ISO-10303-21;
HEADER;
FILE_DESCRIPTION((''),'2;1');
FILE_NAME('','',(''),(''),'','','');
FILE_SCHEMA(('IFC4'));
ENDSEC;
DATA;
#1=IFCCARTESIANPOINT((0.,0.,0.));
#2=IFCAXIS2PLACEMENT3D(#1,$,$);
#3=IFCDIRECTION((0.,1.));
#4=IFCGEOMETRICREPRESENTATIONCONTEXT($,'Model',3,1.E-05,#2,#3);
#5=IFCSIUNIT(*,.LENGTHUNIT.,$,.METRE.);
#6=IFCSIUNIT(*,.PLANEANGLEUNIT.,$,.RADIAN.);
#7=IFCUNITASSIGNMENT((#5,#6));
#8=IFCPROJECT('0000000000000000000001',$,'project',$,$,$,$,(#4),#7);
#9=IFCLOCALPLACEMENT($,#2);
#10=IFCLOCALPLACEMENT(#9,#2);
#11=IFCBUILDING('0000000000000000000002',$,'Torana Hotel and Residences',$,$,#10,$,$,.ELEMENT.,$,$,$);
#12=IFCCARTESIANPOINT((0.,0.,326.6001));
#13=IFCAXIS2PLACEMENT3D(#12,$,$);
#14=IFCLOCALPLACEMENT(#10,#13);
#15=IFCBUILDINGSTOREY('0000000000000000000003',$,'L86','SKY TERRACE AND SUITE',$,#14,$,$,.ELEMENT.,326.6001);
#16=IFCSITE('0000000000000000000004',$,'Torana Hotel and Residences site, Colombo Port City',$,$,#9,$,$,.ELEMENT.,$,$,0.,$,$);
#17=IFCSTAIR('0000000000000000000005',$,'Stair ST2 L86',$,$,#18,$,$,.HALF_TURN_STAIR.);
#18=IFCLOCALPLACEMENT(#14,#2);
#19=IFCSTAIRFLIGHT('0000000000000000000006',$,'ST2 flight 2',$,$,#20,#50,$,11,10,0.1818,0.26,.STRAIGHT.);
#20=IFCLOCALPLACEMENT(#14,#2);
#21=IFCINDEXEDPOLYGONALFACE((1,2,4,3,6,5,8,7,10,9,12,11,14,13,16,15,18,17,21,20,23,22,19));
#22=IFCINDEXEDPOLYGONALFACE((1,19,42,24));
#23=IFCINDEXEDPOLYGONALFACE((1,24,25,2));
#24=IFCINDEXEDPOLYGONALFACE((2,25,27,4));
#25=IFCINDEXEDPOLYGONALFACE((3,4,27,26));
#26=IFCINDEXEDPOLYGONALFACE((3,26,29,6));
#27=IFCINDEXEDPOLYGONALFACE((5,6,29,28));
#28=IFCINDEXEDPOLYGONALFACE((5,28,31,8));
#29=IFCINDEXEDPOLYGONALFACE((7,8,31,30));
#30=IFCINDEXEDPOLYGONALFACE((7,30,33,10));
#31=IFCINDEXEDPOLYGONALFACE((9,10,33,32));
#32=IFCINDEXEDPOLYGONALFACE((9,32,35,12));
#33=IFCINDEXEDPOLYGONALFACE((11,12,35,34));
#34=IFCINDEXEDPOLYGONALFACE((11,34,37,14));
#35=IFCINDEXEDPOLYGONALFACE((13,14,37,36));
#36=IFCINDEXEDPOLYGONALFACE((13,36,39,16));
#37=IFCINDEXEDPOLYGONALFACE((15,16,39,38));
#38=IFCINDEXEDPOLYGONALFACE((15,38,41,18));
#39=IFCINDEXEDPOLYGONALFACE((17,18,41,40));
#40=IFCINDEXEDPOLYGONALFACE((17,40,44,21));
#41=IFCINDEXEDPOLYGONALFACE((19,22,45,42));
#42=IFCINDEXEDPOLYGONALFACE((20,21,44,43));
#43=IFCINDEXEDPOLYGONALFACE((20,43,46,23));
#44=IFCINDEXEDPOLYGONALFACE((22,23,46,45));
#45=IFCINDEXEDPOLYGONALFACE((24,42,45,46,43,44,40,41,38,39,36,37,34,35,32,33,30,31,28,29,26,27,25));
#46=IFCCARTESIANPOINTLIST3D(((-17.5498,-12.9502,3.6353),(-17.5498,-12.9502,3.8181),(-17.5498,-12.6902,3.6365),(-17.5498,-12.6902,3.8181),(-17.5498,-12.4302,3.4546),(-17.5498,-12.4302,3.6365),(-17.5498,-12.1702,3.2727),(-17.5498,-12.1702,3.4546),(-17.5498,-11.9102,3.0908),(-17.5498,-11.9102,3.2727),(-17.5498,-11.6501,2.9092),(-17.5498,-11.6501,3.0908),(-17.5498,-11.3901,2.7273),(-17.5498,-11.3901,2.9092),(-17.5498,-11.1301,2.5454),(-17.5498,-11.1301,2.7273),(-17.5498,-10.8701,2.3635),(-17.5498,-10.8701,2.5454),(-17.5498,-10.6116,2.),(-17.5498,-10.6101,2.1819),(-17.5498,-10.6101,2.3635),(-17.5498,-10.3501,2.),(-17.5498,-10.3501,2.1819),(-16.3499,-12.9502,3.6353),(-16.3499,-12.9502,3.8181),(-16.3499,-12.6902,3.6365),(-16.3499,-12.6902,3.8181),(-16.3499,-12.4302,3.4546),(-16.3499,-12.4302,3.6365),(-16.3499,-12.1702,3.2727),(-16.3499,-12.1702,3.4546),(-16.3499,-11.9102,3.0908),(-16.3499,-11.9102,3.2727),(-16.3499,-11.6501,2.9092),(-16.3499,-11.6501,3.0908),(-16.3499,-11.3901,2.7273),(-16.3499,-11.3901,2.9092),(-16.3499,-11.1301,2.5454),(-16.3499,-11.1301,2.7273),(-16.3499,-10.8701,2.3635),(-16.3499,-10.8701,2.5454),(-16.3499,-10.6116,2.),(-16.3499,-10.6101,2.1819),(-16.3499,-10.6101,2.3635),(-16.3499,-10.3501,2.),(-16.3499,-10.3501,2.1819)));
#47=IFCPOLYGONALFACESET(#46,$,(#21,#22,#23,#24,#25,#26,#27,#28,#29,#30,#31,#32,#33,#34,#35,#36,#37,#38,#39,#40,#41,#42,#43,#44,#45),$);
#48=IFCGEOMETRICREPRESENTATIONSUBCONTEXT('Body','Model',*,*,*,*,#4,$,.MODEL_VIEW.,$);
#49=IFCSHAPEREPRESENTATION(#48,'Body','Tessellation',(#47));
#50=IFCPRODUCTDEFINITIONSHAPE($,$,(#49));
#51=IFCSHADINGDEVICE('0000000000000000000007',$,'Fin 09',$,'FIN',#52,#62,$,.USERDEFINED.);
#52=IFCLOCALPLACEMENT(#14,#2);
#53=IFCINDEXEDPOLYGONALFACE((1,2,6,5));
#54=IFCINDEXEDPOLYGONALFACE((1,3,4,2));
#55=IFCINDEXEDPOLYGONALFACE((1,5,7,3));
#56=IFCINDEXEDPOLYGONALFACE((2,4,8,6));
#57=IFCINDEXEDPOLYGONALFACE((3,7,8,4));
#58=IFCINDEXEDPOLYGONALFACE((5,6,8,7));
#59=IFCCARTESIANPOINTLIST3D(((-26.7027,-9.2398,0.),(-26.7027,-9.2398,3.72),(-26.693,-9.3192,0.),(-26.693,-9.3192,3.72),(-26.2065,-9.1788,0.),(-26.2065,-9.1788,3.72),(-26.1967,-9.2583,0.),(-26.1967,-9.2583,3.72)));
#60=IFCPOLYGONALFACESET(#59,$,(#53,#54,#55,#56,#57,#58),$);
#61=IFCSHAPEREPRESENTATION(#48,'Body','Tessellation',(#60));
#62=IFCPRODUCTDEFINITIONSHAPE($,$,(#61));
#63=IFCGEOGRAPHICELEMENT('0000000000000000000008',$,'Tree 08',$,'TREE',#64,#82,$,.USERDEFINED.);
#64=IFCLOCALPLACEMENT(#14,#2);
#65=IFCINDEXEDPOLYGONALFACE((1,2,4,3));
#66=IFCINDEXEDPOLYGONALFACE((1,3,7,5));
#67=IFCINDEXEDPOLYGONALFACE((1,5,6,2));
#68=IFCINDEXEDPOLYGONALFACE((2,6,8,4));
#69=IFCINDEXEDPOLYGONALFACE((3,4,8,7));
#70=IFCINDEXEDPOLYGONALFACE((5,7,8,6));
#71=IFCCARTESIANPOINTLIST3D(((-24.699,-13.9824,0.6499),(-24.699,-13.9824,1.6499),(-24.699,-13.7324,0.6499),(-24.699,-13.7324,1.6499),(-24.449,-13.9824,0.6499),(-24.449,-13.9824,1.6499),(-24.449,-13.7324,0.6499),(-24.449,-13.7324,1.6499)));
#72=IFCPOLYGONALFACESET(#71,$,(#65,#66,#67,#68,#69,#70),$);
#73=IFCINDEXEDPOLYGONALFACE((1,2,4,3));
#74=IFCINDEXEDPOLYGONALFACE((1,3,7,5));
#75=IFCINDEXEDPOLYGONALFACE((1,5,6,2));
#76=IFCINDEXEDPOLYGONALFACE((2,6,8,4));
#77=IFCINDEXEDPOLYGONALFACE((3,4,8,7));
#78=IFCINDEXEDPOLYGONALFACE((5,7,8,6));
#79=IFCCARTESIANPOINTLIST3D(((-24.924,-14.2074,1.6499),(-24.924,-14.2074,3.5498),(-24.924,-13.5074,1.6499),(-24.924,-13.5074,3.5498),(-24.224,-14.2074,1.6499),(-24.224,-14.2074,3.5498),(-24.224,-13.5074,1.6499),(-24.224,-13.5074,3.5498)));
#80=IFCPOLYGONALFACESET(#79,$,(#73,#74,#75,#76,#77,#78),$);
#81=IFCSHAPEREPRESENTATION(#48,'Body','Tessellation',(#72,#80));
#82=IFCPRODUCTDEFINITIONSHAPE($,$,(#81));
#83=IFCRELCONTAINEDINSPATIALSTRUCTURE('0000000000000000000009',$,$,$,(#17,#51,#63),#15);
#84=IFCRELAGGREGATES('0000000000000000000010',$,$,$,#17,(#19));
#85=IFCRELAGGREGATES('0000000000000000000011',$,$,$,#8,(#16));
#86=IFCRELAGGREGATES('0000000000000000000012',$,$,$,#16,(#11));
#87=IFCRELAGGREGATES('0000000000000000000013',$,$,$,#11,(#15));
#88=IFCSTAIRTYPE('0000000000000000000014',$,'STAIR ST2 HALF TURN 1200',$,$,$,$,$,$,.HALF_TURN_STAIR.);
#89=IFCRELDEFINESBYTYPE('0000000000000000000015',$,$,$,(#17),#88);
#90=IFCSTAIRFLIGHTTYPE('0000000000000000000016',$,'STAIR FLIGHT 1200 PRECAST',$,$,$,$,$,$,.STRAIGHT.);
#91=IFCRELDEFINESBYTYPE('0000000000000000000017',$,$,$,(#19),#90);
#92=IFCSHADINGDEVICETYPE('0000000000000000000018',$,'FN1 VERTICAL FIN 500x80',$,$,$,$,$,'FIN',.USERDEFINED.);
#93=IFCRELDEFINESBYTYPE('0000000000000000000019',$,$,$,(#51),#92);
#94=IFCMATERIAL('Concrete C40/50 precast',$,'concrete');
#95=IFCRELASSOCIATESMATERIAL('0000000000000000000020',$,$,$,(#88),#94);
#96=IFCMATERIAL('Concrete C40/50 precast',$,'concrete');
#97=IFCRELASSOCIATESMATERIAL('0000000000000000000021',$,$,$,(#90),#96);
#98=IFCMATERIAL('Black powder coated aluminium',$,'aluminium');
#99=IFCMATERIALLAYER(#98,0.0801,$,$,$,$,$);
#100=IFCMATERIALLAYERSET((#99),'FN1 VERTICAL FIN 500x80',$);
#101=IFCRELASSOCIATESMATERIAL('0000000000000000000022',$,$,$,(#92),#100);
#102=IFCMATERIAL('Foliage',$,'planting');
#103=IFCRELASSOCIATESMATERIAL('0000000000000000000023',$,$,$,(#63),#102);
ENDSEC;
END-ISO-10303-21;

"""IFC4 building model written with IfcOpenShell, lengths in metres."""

from ifc_helpers import new_model, si_unit, direction, frame, origin, origin_2d, place, context, subcontext, project, spatial, polyline, rectangle, outline, extrude, material, layer, layer_set, type_object, element, aggregate, save


model = new_model("IFC4")

# Units and contexts
model_context = context("Model", 3, precision=1e-05, world=origin(), true_north=direction((0.0, 1.0)))
body_context = subcontext(model_context, "Body", "Model", "MODEL_VIEW")
ifc_project = project(units=[si_unit("LENGTHUNIT", "METRE"), si_unit("PLANEANGLEUNIT", "RADIAN")], contexts=[model_context])

# Site, building, storey
site_placement = place(None, origin())
site = spatial("IfcSite", under=ifc_project, at=site_placement, Name="Torana Hotel and Residences site, Colombo Port City", CompositionType="ELEMENT", RefElevation=0.0)
building_placement = place(site_placement, origin())
building = spatial("IfcBuilding", under=site, at=building_placement, Name="Torana Hotel and Residences", CompositionType="ELEMENT")
storey_placement = place(building_placement, frame((0.0, 0.0, 326.6001)))
storey = spatial("IfcBuildingStorey", under=building, at=storey_placement, Name="L86", Description="SKY TERRACE AND SUITE", CompositionType="ELEMENT", Elevation=326.6001)

# Stair, stair flight
ifc_material_1 = material(Name="Concrete C40/50 precast", Category="concrete")
stair_type = type_object("IfcStairType", Name="STAIR ST2 HALF TURN 1200", PredefinedType="HALF_TURN_STAIR", material=ifc_material_1)
stair_placement = place(storey_placement, origin())
stair = element("IfcStair", 1, at=stair_placement, inside=storey, type_object=stair_type, Name="Stair ST2 L86", PredefinedType="HALF_TURN_STAIR")
ifc_material_2 = material(Name="Concrete C40/50 precast", Category="concrete")
stair_flight_type = type_object("IfcStairFlightType", Name="STAIR FLIGHT 1200 PRECAST", PredefinedType="STRAIGHT", material=ifc_material_2)
stair_flight_1_placement = place(storey_placement, frame((-16.95, -10.3501, 2.0), z_axis=(0.0, 0.0, 1.0), x_axis=(0.0, -1.0, 0.0)))
stair_flight_1 = element("IfcStairFlight", 2, at=stair_flight_1_placement, type_object=stair_flight_type, Name="ST2 flight 2", NumberOfRisers=11, NumberOfTreads=10, PredefinedType="STRAIGHT", RiserHeight=0.1818, TreadLength=0.26, context=body_context, shape_type="SweptSolid", body=[
    extrude(outline(polyline([(0.0, 0.0), (0.0, 0.1819), (0.26, 0.1819), (0.26, 0.3635), (0.52, 0.3635), (0.52, 0.5454), (0.78, 0.5454), (0.78, 0.7273), (1.04, 0.7273), (1.04, 0.9092), (1.3, 0.9092), (1.3, 1.0908), (1.5601, 1.0908), (1.5601, 1.2727), (1.8201, 1.2727), (1.8201, 1.4546), (2.0801, 1.4546), (2.0801, 1.6365), (2.3401, 1.6365), (2.3401, 1.8181), (2.6001, 1.8181), (2.6001, 2.0), (2.6001, 1.6353), (0.2615, 0.0), (0.0, 0.0)])), frame((0.0, 0.6001, 0.0), z_axis=(0.0, -1.0, 0.0), x_axis=(1.0, 0.0, 0.0)), (0.0, 0.0, 1.0), 1.2),
])
aggregate(stair, [stair_flight_1])

# Shading device
ifc_material_3 = material(Name="Black powder coated aluminium", Category="aluminium")
ifc_layer_1 = layer(ifc_material_3, 0.0801)
ifc_layer_set_1 = layer_set([ifc_layer_1], Name="FN1 VERTICAL FIN 500x80")
shading_device_type = type_object("IfcShadingDeviceType", Name="FN1 VERTICAL FIN 500x80", ElementType="FIN", PredefinedType="USERDEFINED", material=ifc_layer_set_1)
shading_device_placement = place(storey_placement, frame((-26.4497, -9.249, 0.0), z_axis=(0.0, 0.0, 1.0), x_axis=(-0.121871, 0.992546, 0.0)))
element("IfcShadingDevice", 3, at=shading_device_placement, inside=storey, type_object=shading_device_type, Name="Fin 09", ObjectType="FIN", PredefinedType="USERDEFINED", context=body_context, shape_type="SweptSolid", body=[
    extrude(rectangle(XDim=0.0801, YDim=0.5, at=origin_2d()), origin(), (0.0, 0.0, 1.0), 3.72),
])

# Geographic element
ifc_material_4 = material(Name="Foliage", Category="planting")
geographic_element_placement = place(storey_placement, frame((-24.574, -13.8574, 0.6499), z_axis=(0.0, 0.0, 1.0), x_axis=(1.0, 0.0, 0.0)))
element("IfcGeographicElement", 4, at=geographic_element_placement, inside=storey, material=ifc_material_4, Name="Tree 08", ObjectType="TREE", PredefinedType="USERDEFINED", context=body_context, shape_type="SweptSolid", body=[
    extrude(rectangle(XDim=0.25, YDim=0.25, at=origin_2d()), origin(), (0.0, 0.0, 1.0), 1.0),
    extrude(rectangle(XDim=0.7, YDim=0.7, at=origin_2d()), frame((0.0, 0.0, 1.0)), (0.0, 0.0, 1.0), 1.8999),
])

save(model, "model.ifc")
